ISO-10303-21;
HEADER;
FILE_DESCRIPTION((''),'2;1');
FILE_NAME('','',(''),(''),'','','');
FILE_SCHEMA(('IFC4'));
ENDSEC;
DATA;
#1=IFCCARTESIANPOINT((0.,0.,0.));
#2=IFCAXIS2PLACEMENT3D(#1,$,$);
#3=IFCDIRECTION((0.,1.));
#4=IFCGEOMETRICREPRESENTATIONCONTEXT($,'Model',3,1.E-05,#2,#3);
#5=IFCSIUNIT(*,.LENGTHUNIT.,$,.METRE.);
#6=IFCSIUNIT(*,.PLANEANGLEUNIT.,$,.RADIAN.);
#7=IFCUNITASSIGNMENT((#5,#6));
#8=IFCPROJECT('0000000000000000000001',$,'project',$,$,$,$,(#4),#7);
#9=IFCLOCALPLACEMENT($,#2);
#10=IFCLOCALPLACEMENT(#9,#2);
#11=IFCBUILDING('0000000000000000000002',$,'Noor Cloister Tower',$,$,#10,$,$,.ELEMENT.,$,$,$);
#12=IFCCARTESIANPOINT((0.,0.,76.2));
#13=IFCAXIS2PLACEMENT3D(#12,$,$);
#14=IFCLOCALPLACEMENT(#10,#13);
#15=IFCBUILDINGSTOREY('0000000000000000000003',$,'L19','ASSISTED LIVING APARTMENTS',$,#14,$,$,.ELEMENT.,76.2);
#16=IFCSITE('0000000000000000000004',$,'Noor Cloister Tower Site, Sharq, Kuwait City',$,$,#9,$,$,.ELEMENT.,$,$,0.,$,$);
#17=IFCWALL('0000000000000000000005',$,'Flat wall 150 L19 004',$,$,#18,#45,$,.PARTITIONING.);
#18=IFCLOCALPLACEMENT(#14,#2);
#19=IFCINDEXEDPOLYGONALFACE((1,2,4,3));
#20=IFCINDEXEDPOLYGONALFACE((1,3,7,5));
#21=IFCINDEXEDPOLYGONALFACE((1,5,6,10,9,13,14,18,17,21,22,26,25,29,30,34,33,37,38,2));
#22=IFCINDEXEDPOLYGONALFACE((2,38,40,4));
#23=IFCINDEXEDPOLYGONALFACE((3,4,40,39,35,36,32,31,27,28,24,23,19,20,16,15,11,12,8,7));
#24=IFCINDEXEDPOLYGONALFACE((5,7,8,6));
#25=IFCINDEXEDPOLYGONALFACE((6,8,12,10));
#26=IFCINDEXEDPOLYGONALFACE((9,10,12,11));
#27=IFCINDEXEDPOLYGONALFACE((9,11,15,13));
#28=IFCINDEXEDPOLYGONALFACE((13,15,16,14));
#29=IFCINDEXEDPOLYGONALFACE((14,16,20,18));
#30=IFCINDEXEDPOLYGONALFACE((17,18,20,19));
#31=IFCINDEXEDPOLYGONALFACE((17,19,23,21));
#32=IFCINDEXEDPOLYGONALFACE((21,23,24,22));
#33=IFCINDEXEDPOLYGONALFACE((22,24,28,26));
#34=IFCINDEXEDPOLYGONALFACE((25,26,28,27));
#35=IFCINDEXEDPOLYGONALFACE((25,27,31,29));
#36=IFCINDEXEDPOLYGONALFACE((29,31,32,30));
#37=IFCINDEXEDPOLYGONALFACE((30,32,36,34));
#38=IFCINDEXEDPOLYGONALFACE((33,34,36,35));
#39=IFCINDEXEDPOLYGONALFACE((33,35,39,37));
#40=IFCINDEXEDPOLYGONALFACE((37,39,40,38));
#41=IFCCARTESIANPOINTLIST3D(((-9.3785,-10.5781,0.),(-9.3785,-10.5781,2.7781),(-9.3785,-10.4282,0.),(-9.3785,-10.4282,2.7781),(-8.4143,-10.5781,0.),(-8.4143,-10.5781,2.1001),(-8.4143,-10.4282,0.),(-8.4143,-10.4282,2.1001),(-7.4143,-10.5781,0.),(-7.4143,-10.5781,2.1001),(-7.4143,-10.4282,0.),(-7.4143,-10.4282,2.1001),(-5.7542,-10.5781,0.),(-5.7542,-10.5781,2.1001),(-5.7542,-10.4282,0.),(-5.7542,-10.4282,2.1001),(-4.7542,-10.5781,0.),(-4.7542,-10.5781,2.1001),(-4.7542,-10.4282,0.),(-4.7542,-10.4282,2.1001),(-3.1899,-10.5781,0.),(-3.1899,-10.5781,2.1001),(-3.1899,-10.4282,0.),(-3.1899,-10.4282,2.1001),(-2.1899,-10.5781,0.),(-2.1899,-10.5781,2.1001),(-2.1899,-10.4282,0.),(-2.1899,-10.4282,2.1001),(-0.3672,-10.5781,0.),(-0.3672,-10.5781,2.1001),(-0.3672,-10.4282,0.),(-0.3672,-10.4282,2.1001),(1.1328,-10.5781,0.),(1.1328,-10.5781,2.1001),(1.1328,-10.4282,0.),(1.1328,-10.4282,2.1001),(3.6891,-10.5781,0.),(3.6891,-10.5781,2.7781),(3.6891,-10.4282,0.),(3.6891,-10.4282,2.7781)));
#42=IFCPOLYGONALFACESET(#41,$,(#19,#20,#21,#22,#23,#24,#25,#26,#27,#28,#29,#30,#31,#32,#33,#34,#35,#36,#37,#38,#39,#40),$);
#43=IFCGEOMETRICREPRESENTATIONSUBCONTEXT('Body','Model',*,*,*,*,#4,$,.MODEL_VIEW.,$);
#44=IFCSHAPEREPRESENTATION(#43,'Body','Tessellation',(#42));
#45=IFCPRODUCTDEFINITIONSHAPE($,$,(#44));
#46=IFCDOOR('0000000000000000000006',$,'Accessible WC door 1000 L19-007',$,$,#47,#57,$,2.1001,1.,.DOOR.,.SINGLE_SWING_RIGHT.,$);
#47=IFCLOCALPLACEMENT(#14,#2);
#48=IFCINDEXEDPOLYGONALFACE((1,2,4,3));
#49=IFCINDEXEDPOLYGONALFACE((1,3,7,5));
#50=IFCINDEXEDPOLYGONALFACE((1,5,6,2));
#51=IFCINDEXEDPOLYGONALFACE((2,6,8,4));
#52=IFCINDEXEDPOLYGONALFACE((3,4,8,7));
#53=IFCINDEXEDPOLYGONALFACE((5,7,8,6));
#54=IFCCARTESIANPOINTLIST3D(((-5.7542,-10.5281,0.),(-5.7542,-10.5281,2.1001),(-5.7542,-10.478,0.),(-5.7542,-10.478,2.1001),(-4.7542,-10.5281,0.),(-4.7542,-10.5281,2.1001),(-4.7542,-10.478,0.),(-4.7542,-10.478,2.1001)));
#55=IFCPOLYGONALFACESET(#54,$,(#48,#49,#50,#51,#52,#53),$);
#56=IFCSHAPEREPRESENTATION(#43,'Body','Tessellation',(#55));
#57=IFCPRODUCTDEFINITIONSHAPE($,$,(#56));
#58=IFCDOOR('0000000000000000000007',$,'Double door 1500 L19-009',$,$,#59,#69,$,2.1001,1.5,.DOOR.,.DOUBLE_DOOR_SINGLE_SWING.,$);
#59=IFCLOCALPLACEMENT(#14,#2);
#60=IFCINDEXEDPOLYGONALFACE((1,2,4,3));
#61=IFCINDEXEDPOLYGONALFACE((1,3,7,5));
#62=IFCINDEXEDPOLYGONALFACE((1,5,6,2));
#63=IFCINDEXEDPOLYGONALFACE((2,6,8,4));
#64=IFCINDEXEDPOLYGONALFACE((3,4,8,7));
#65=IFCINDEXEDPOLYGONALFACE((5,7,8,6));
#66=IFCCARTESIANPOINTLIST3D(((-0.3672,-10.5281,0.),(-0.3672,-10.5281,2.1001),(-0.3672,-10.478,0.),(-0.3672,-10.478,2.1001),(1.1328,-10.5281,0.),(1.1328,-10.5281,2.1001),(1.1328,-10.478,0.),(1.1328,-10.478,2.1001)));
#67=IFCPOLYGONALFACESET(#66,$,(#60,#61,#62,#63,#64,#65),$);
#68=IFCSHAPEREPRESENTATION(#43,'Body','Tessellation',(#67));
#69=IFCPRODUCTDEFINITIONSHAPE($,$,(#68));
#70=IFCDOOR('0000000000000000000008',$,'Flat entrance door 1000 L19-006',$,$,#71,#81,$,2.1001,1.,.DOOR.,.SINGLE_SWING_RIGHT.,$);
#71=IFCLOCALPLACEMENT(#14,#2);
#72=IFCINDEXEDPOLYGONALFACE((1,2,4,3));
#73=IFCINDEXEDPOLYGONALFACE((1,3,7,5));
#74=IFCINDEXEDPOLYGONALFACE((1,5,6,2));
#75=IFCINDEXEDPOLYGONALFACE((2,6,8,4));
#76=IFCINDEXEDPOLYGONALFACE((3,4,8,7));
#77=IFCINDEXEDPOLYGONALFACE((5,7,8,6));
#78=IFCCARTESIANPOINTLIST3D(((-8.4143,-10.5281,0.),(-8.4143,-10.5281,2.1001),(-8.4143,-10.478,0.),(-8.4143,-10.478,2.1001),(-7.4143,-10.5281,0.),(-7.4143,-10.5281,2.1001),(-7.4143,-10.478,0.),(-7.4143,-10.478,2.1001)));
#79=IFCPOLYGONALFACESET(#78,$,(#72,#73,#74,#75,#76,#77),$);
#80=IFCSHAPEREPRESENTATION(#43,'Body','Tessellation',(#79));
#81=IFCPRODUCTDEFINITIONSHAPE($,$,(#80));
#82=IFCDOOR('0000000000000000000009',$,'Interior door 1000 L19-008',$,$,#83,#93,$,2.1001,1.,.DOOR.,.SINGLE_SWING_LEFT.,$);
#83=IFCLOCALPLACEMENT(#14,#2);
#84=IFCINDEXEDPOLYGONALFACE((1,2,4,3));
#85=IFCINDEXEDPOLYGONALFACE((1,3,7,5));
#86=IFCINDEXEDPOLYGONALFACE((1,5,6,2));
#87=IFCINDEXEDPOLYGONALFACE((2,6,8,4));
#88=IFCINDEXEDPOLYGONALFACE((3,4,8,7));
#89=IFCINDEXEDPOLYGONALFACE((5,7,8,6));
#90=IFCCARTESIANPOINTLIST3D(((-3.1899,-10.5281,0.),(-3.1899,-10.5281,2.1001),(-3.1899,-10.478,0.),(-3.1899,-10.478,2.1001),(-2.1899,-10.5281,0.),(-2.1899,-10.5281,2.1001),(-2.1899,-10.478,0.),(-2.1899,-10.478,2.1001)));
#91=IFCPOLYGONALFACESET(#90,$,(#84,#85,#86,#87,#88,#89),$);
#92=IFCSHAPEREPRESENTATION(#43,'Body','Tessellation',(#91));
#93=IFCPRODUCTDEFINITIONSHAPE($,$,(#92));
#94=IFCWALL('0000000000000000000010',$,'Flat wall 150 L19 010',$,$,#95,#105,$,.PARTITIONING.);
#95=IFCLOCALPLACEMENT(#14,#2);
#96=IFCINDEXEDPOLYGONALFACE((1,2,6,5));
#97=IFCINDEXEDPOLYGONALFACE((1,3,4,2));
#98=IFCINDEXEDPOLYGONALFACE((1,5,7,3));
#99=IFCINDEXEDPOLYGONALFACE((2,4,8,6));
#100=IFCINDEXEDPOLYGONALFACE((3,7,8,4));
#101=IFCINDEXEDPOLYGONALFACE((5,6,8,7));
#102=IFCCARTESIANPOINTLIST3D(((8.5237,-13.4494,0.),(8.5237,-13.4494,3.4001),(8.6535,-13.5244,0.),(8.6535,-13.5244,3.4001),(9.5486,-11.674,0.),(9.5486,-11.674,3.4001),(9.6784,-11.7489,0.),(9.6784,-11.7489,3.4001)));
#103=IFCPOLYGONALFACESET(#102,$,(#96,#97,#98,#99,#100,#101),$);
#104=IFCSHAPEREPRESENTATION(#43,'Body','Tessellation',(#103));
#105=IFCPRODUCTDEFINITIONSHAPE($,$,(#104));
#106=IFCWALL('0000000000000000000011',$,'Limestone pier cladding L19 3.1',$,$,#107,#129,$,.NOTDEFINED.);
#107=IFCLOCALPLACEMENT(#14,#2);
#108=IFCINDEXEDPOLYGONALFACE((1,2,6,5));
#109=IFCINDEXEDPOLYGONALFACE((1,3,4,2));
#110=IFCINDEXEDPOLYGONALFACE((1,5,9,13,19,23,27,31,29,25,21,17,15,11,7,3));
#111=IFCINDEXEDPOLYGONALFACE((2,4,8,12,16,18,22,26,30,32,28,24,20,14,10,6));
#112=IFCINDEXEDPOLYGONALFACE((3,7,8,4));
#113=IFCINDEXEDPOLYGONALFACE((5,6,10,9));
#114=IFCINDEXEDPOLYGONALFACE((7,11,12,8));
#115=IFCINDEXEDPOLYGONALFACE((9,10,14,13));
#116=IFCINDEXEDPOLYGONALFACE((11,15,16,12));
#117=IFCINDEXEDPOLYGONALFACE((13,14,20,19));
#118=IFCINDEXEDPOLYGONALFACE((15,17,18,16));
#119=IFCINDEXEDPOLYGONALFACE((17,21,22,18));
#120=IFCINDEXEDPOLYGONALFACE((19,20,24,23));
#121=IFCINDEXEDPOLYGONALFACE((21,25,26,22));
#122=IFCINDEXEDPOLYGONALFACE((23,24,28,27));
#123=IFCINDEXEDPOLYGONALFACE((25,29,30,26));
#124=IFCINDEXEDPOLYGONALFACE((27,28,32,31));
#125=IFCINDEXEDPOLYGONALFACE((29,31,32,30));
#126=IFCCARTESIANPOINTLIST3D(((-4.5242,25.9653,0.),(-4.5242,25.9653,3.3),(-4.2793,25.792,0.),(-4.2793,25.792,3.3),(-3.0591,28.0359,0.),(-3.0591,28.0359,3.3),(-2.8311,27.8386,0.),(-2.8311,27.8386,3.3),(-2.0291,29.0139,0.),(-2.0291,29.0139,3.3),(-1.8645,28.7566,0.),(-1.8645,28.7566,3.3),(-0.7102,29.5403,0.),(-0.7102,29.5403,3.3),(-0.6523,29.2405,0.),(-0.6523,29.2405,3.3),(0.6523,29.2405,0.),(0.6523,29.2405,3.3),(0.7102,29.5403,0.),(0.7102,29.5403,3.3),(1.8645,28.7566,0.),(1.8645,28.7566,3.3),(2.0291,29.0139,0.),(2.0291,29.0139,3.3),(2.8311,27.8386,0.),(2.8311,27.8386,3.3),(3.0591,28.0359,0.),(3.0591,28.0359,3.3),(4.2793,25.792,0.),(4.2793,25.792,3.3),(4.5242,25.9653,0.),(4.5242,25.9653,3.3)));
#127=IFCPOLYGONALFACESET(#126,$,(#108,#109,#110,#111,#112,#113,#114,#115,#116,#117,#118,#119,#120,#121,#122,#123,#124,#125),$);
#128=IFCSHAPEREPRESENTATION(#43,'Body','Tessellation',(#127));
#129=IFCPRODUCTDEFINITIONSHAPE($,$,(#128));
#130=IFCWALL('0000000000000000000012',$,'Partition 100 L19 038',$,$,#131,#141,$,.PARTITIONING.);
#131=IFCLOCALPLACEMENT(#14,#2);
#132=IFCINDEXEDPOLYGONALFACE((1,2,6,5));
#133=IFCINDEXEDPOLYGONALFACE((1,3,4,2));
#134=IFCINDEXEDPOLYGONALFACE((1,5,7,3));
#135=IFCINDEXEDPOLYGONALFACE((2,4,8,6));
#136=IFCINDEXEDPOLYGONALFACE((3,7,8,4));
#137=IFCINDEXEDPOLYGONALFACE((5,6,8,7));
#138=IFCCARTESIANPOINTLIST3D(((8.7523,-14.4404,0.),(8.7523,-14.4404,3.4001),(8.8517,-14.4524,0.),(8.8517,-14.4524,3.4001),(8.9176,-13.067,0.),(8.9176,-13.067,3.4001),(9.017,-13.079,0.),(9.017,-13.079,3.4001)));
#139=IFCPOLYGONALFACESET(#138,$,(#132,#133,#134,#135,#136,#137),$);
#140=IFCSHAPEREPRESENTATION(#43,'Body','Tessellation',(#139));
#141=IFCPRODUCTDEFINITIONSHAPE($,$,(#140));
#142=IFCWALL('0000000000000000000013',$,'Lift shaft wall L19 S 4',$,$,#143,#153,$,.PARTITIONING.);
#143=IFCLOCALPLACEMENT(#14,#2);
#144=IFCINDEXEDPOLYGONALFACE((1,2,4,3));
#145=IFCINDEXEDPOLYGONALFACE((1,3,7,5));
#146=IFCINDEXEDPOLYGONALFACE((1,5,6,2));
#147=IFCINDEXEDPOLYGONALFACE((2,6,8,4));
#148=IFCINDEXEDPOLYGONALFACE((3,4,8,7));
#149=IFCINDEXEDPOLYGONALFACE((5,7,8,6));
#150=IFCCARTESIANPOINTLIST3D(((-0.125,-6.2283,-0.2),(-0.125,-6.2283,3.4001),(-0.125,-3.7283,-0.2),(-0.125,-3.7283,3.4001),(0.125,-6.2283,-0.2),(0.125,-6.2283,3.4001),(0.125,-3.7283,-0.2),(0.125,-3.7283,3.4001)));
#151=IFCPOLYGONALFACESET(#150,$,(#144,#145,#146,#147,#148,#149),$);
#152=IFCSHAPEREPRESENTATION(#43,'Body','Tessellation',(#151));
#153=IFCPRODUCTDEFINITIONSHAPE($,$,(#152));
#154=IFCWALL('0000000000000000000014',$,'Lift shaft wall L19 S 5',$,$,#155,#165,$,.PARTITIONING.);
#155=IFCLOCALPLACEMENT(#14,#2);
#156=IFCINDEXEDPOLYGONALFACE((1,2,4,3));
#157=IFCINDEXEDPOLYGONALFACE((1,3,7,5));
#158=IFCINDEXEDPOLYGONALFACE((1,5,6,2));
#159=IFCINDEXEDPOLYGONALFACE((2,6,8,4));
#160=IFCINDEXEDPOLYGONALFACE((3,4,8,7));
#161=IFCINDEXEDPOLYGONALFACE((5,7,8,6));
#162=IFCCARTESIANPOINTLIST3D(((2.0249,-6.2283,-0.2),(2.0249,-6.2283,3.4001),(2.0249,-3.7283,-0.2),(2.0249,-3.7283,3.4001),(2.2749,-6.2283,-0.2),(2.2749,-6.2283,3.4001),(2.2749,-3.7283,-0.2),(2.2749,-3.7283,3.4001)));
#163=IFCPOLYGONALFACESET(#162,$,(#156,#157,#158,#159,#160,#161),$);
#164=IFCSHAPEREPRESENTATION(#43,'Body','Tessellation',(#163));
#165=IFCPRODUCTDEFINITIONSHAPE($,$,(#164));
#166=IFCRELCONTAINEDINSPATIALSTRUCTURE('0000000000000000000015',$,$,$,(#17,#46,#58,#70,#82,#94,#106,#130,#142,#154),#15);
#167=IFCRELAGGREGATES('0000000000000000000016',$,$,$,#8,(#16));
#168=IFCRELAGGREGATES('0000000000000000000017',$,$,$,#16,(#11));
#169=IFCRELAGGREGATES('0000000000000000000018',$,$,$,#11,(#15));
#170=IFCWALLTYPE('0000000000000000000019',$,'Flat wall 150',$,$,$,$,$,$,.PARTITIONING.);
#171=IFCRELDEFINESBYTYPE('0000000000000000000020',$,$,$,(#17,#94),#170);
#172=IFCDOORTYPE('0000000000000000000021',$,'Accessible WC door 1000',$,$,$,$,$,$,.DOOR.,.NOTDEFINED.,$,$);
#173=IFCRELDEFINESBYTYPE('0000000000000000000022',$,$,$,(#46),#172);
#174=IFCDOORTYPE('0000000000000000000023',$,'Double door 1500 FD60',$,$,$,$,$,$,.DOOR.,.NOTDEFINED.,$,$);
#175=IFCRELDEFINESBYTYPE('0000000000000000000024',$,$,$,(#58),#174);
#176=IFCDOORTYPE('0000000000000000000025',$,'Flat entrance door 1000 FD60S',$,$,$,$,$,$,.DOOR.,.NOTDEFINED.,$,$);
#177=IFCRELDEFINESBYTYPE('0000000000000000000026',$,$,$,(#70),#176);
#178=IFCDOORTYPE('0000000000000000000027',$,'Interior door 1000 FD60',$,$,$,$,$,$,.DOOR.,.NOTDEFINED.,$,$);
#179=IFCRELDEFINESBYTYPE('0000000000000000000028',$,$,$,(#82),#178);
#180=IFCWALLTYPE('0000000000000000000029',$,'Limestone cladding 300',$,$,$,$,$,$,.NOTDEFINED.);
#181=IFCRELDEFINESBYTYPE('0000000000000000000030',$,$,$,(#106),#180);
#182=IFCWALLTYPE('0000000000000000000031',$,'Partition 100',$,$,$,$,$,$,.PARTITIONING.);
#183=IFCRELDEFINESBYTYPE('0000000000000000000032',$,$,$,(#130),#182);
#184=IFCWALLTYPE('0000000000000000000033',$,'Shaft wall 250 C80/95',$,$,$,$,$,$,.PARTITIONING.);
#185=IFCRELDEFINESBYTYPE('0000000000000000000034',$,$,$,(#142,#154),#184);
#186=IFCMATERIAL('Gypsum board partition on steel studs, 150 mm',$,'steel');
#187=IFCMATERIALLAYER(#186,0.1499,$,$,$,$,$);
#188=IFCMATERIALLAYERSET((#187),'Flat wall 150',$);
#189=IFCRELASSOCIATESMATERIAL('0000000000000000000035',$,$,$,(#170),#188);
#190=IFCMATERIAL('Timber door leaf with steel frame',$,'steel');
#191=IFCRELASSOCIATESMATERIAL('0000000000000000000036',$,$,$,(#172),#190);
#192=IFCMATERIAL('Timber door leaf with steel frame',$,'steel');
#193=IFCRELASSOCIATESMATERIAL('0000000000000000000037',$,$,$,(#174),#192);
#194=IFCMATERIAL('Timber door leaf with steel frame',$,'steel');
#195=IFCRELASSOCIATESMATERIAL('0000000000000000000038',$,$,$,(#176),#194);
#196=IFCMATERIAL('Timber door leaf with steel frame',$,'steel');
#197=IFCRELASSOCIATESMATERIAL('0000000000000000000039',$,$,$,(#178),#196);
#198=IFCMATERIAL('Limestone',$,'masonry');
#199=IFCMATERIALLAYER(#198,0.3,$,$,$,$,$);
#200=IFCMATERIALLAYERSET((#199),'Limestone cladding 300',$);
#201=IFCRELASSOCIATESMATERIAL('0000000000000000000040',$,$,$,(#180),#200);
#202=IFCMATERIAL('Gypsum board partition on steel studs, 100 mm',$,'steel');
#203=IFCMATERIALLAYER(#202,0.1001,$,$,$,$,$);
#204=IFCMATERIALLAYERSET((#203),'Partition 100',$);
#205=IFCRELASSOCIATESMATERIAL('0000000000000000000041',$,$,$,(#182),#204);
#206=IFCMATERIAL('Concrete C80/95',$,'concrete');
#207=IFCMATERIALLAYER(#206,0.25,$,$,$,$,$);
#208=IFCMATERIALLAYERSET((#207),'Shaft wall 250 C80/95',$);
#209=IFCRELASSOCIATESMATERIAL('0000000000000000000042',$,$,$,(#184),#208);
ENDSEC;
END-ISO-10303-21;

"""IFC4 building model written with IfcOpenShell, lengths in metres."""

from ifc_helpers import new_model, si_unit, direction, frame, frame_2d, origin, place, context, subcontext, project, spatial, polyline, rectangle, outline, extrude, material, layer, layer_set, type_object, element, fill, save


model = new_model("IFC4")

# Units and contexts
model_context = context("Model", 3, precision=1e-05, world=origin(), true_north=direction((0.0, 1.0)))
body_context = subcontext(model_context, "Body", "Model", "MODEL_VIEW")
ifc_project = project(units=[si_unit("LENGTHUNIT", "METRE"), si_unit("PLANEANGLEUNIT", "RADIAN")], contexts=[model_context])

# Site, building, storey
site_placement = place(None, origin())
site = spatial("IfcSite", under=ifc_project, at=site_placement, Name="Noor Cloister Tower Site, Sharq, Kuwait City", CompositionType="ELEMENT", RefElevation=0.0)
building_placement = place(site_placement, origin())
building = spatial("IfcBuilding", under=site, at=building_placement, Name="Noor Cloister Tower", CompositionType="ELEMENT")
storey_placement = place(building_placement, frame((0.0, 0.0, 76.2)))
storey = spatial("IfcBuildingStorey", under=building, at=storey_placement, Name="L19", Description="ASSISTED LIVING APARTMENTS", CompositionType="ELEMENT", Elevation=76.2)

# Wall, openings, doors
ifc_material_1 = material(Name="Gypsum board partition on steel studs, 150 mm", Category="steel")
ifc_layer_1 = layer(ifc_material_1, 0.1499)
ifc_layer_set_1 = layer_set([ifc_layer_1], Name="Flat wall 150")
wall_type_1 = type_object("IfcWallType", Name="Flat wall 150", PredefinedType="PARTITIONING", material=ifc_layer_set_1)
wall_1_placement = place(storey_placement, frame((3.689, -10.5032, 0.0), z_axis=(0.0, 0.0, 1.0), x_axis=(-1.0, 0.0, 0.0)))
wall_1 = element("IfcWall", 1, at=wall_1_placement, inside=storey, type_object=wall_type_1, Name="Flat wall 150 L19 004", PredefinedType="PARTITIONING", context=body_context, shape_type="SweptSolid", body=[
    extrude(rectangle(XDim=13.0676, YDim=0.1499, at=frame_2d((6.5337, 0.0))), origin(), (0.0, 0.0, 1.0), 2.7781),
])
opening_1_placement = place(wall_1_placement, frame((11.1033, 0.0, 0.0)))
opening_1 = element("IfcOpeningElement", 2, at=opening_1_placement, cuts=wall_1, PredefinedType="OPENING", context=body_context, shape_type="SweptSolid", body=[
    extrude(rectangle(XDim=1.0, YDim=2.1001, at=frame_2d((0.5, 1.05))), frame((0.0, 0.085, 0.0), z_axis=(0.0, -1.0, 0.0), x_axis=(1.0, 0.0, 0.0)), (0.0, 0.0, 1.0), 0.1699),
])
opening_2_placement = place(wall_1_placement, frame((8.4431, 0.0, 0.0)))
opening_2 = element("IfcOpeningElement", 3, at=opening_2_placement, cuts=wall_1, PredefinedType="OPENING", context=body_context, shape_type="SweptSolid", body=[
    extrude(rectangle(XDim=1.0, YDim=2.1001, at=frame_2d((0.5, 1.05))), frame((0.0, 0.085, 0.0), z_axis=(0.0, -1.0, 0.0), x_axis=(1.0, 0.0, 0.0)), (0.0, 0.0, 1.0), 0.1699),
])
opening_3_placement = place(wall_1_placement, frame((5.8789, 0.0, 0.0)))
opening_3 = element("IfcOpeningElement", 4, at=opening_3_placement, cuts=wall_1, PredefinedType="OPENING", context=body_context, shape_type="SweptSolid", body=[
    extrude(rectangle(XDim=1.0, YDim=2.1001, at=frame_2d((0.5, 1.05))), frame((0.0, 0.085, 0.0), z_axis=(0.0, -1.0, 0.0), x_axis=(1.0, 0.0, 0.0)), (0.0, 0.0, 1.0), 0.1699),
])
opening_4_placement = place(wall_1_placement, frame((2.5562, 0.0, 0.0)))
opening_4 = element("IfcOpeningElement", 5, at=opening_4_placement, cuts=wall_1, PredefinedType="OPENING", context=body_context, shape_type="SweptSolid", body=[
    extrude(rectangle(XDim=1.5, YDim=2.1001, at=frame_2d((0.75, 1.05))), frame((0.0, 0.085, 0.0), z_axis=(0.0, -1.0, 0.0), x_axis=(1.0, 0.0, 0.0)), (0.0, 0.0, 1.0), 0.1699),
])
ifc_material_2 = material(Name="Timber door leaf with steel frame", Category="steel")
door_type_1 = type_object("IfcDoorType", Name="Accessible WC door 1000", OperationType="NOTDEFINED", PredefinedType="DOOR", material=ifc_material_2)
door_1_placement = place(opening_2_placement, origin())
door_1 = element("IfcDoor", 6, at=door_1_placement, inside=storey, type_object=door_type_1, Name="Accessible WC door 1000 L19-007", OperationType="SINGLE_SWING_RIGHT", OverallHeight=2.1001, OverallWidth=1.0, PredefinedType="DOOR", context=body_context, shape_type="SweptSolid", body=[
    extrude(rectangle(XDim=1.0, YDim=2.1001, at=frame_2d((0.5, 1.05))), frame((0.0, 0.0249, 0.0), z_axis=(0.0, -1.0, 0.0), x_axis=(1.0, 0.0, 0.0)), (0.0, 0.0, 1.0), 0.05),
])
fill(opening_2, door_1)
ifc_material_3 = material(Name="Timber door leaf with steel frame", Category="steel")
door_type_2 = type_object("IfcDoorType", Name="Double door 1500 FD60", OperationType="NOTDEFINED", PredefinedType="DOOR", material=ifc_material_3)
door_2_placement = place(opening_4_placement, origin())
door_2 = element("IfcDoor", 7, at=door_2_placement, inside=storey, type_object=door_type_2, Name="Double door 1500 L19-009", OperationType="DOUBLE_DOOR_SINGLE_SWING", OverallHeight=2.1001, OverallWidth=1.5, PredefinedType="DOOR", context=body_context, shape_type="SweptSolid", body=[
    extrude(rectangle(XDim=1.5, YDim=2.1001, at=frame_2d((0.75, 1.05))), frame((0.0, 0.0249, 0.0), z_axis=(0.0, -1.0, 0.0), x_axis=(1.0, 0.0, 0.0)), (0.0, 0.0, 1.0), 0.05),
])
fill(opening_4, door_2)
ifc_material_4 = material(Name="Timber door leaf with steel frame", Category="steel")
door_type_3 = type_object("IfcDoorType", Name="Flat entrance door 1000 FD60S", OperationType="NOTDEFINED", PredefinedType="DOOR", material=ifc_material_4)
door_3_placement = place(opening_1_placement, origin())
door_3 = element("IfcDoor", 8, at=door_3_placement, inside=storey, type_object=door_type_3, Name="Flat entrance door 1000 L19-006", OperationType="SINGLE_SWING_RIGHT", OverallHeight=2.1001, OverallWidth=1.0, PredefinedType="DOOR", context=body_context, shape_type="SweptSolid", body=[
    extrude(rectangle(XDim=1.0, YDim=2.1001, at=frame_2d((0.5, 1.05))), frame((0.0, 0.0249, 0.0), z_axis=(0.0, -1.0, 0.0), x_axis=(1.0, 0.0, 0.0)), (0.0, 0.0, 1.0), 0.05),
])
fill(opening_1, door_3)
ifc_material_5 = material(Name="Timber door leaf with steel frame", Category="steel")
door_type_4 = type_object("IfcDoorType", Name="Interior door 1000 FD60", OperationType="NOTDEFINED", PredefinedType="DOOR", material=ifc_material_5)
door_4_placement = place(opening_3_placement, origin())
door_4 = element("IfcDoor", 9, at=door_4_placement, inside=storey, type_object=door_type_4, Name="Interior door 1000 L19-008", OperationType="SINGLE_SWING_LEFT", OverallHeight=2.1001, OverallWidth=1.0, PredefinedType="DOOR", context=body_context, shape_type="SweptSolid", body=[
    extrude(rectangle(XDim=1.0, YDim=2.1001, at=frame_2d((0.5, 1.05))), frame((0.0, 0.0249, 0.0), z_axis=(0.0, -1.0, 0.0), x_axis=(1.0, 0.0, 0.0)), (0.0, 0.0, 1.0), 0.05),
])
fill(opening_3, door_4)

# Walls
wall_2_placement = place(storey_placement, frame((8.5886, -13.4868, 0.0), z_axis=(0.0, 0.0, 1.0), x_axis=(0.499956, 0.866051, 0.0)))
element("IfcWall", 10, at=wall_2_placement, inside=storey, type_object=wall_type_1, Name="Flat wall 150 L19 010", PredefinedType="PARTITIONING", context=body_context, shape_type="SweptSolid", body=[
    extrude(rectangle(XDim=2.05, YDim=0.1499, at=frame_2d((1.0249, 0.0))), origin(), (0.0, 0.0, 1.0), 3.4001),
])
ifc_material_6 = material(Name="Limestone", Category="masonry")
ifc_layer_2 = layer(ifc_material_6, 0.3)
ifc_layer_set_2 = layer_set([ifc_layer_2], Name="Limestone cladding 300")
wall_type_2 = type_object("IfcWallType", Name="Limestone cladding 300", PredefinedType="NOTDEFINED", material=ifc_layer_set_2)
wall_3_placement = place(storey_placement, origin())
element("IfcWall", 11, at=wall_3_placement, inside=storey, type_object=wall_type_2, Name="Limestone pier cladding L19 3.1", PredefinedType="NOTDEFINED", context=body_context, shape_type="SweptSolid", body=[
    extrude(outline(polyline([(4.5242, 25.9653), (3.0591, 28.0359), (2.0291, 29.0139), (0.7102, 29.5403), (-0.7102, 29.5403), (-2.0291, 29.0139), (-3.0591, 28.0359), (-4.5242, 25.9653), (-4.2793, 25.792), (-2.8311, 27.8386), (-1.8645, 28.7566), (-0.6523, 29.2405), (0.6523, 29.2405), (1.8645, 28.7566), (2.8311, 27.8386), (4.2793, 25.792), (4.5242, 25.9653)])), origin(), (0.0, 0.0, 1.0), 3.3),
])
ifc_material_7 = material(Name="Gypsum board partition on steel studs, 100 mm", Category="steel")
ifc_layer_3 = layer(ifc_material_7, 0.1001)
ifc_layer_set_3 = layer_set([ifc_layer_3], Name="Partition 100")
wall_type_3 = type_object("IfcWallType", Name="Partition 100", PredefinedType="PARTITIONING", material=ifc_layer_set_3)
wall_4_placement = place(storey_placement, frame((8.9673, -13.073, 0.0), z_axis=(0.0, 0.0, 1.0), x_axis=(-0.119493, -0.992835, 0.0)))
element("IfcWall", 12, at=wall_4_placement, inside=storey, type_object=wall_type_3, Name="Partition 100 L19 038", PredefinedType="PARTITIONING", context=body_context, shape_type="SweptSolid", body=[
    extrude(rectangle(XDim=1.3833, YDim=0.1001, at=frame_2d((0.6917, 0.0))), origin(), (0.0, 0.0, 1.0), 3.4001),
])
ifc_material_8 = material(Name="Concrete C80/95", Category="concrete")
ifc_layer_4 = layer(ifc_material_8, 0.25)
ifc_layer_set_4 = layer_set([ifc_layer_4], Name="Shaft wall 250 C80/95")
wall_type_4 = type_object("IfcWallType", Name="Shaft wall 250 C80/95", PredefinedType="PARTITIONING", material=ifc_layer_set_4)
for number, where, z_axis, x_axis, name in (
    (13, (0.0, -6.2283, -0.2), (0.0, 0.0, 1.0), (0.0, 1.0, 0.0), "Lift shaft wall L19 S 4"),
    (14, (2.1499, -6.2283, -0.2), (0.0, 0.0, 1.0), (0.0, 1.0, 0.0), "Lift shaft wall L19 S 5"),
):
    element("IfcWall", number, at=place(storey_placement, frame(where, z_axis=z_axis, x_axis=x_axis)), inside=storey, type_object=wall_type_4, Name=name, PredefinedType="PARTITIONING", context=body_context, shape_type="SweptSolid", body=[
        extrude(rectangle(XDim=2.5, YDim=0.25, at=frame_2d((1.25, 0.0))), origin(), (0.0, 0.0, 1.0), 3.6001),
    ])

save(model, "model.ifc")
